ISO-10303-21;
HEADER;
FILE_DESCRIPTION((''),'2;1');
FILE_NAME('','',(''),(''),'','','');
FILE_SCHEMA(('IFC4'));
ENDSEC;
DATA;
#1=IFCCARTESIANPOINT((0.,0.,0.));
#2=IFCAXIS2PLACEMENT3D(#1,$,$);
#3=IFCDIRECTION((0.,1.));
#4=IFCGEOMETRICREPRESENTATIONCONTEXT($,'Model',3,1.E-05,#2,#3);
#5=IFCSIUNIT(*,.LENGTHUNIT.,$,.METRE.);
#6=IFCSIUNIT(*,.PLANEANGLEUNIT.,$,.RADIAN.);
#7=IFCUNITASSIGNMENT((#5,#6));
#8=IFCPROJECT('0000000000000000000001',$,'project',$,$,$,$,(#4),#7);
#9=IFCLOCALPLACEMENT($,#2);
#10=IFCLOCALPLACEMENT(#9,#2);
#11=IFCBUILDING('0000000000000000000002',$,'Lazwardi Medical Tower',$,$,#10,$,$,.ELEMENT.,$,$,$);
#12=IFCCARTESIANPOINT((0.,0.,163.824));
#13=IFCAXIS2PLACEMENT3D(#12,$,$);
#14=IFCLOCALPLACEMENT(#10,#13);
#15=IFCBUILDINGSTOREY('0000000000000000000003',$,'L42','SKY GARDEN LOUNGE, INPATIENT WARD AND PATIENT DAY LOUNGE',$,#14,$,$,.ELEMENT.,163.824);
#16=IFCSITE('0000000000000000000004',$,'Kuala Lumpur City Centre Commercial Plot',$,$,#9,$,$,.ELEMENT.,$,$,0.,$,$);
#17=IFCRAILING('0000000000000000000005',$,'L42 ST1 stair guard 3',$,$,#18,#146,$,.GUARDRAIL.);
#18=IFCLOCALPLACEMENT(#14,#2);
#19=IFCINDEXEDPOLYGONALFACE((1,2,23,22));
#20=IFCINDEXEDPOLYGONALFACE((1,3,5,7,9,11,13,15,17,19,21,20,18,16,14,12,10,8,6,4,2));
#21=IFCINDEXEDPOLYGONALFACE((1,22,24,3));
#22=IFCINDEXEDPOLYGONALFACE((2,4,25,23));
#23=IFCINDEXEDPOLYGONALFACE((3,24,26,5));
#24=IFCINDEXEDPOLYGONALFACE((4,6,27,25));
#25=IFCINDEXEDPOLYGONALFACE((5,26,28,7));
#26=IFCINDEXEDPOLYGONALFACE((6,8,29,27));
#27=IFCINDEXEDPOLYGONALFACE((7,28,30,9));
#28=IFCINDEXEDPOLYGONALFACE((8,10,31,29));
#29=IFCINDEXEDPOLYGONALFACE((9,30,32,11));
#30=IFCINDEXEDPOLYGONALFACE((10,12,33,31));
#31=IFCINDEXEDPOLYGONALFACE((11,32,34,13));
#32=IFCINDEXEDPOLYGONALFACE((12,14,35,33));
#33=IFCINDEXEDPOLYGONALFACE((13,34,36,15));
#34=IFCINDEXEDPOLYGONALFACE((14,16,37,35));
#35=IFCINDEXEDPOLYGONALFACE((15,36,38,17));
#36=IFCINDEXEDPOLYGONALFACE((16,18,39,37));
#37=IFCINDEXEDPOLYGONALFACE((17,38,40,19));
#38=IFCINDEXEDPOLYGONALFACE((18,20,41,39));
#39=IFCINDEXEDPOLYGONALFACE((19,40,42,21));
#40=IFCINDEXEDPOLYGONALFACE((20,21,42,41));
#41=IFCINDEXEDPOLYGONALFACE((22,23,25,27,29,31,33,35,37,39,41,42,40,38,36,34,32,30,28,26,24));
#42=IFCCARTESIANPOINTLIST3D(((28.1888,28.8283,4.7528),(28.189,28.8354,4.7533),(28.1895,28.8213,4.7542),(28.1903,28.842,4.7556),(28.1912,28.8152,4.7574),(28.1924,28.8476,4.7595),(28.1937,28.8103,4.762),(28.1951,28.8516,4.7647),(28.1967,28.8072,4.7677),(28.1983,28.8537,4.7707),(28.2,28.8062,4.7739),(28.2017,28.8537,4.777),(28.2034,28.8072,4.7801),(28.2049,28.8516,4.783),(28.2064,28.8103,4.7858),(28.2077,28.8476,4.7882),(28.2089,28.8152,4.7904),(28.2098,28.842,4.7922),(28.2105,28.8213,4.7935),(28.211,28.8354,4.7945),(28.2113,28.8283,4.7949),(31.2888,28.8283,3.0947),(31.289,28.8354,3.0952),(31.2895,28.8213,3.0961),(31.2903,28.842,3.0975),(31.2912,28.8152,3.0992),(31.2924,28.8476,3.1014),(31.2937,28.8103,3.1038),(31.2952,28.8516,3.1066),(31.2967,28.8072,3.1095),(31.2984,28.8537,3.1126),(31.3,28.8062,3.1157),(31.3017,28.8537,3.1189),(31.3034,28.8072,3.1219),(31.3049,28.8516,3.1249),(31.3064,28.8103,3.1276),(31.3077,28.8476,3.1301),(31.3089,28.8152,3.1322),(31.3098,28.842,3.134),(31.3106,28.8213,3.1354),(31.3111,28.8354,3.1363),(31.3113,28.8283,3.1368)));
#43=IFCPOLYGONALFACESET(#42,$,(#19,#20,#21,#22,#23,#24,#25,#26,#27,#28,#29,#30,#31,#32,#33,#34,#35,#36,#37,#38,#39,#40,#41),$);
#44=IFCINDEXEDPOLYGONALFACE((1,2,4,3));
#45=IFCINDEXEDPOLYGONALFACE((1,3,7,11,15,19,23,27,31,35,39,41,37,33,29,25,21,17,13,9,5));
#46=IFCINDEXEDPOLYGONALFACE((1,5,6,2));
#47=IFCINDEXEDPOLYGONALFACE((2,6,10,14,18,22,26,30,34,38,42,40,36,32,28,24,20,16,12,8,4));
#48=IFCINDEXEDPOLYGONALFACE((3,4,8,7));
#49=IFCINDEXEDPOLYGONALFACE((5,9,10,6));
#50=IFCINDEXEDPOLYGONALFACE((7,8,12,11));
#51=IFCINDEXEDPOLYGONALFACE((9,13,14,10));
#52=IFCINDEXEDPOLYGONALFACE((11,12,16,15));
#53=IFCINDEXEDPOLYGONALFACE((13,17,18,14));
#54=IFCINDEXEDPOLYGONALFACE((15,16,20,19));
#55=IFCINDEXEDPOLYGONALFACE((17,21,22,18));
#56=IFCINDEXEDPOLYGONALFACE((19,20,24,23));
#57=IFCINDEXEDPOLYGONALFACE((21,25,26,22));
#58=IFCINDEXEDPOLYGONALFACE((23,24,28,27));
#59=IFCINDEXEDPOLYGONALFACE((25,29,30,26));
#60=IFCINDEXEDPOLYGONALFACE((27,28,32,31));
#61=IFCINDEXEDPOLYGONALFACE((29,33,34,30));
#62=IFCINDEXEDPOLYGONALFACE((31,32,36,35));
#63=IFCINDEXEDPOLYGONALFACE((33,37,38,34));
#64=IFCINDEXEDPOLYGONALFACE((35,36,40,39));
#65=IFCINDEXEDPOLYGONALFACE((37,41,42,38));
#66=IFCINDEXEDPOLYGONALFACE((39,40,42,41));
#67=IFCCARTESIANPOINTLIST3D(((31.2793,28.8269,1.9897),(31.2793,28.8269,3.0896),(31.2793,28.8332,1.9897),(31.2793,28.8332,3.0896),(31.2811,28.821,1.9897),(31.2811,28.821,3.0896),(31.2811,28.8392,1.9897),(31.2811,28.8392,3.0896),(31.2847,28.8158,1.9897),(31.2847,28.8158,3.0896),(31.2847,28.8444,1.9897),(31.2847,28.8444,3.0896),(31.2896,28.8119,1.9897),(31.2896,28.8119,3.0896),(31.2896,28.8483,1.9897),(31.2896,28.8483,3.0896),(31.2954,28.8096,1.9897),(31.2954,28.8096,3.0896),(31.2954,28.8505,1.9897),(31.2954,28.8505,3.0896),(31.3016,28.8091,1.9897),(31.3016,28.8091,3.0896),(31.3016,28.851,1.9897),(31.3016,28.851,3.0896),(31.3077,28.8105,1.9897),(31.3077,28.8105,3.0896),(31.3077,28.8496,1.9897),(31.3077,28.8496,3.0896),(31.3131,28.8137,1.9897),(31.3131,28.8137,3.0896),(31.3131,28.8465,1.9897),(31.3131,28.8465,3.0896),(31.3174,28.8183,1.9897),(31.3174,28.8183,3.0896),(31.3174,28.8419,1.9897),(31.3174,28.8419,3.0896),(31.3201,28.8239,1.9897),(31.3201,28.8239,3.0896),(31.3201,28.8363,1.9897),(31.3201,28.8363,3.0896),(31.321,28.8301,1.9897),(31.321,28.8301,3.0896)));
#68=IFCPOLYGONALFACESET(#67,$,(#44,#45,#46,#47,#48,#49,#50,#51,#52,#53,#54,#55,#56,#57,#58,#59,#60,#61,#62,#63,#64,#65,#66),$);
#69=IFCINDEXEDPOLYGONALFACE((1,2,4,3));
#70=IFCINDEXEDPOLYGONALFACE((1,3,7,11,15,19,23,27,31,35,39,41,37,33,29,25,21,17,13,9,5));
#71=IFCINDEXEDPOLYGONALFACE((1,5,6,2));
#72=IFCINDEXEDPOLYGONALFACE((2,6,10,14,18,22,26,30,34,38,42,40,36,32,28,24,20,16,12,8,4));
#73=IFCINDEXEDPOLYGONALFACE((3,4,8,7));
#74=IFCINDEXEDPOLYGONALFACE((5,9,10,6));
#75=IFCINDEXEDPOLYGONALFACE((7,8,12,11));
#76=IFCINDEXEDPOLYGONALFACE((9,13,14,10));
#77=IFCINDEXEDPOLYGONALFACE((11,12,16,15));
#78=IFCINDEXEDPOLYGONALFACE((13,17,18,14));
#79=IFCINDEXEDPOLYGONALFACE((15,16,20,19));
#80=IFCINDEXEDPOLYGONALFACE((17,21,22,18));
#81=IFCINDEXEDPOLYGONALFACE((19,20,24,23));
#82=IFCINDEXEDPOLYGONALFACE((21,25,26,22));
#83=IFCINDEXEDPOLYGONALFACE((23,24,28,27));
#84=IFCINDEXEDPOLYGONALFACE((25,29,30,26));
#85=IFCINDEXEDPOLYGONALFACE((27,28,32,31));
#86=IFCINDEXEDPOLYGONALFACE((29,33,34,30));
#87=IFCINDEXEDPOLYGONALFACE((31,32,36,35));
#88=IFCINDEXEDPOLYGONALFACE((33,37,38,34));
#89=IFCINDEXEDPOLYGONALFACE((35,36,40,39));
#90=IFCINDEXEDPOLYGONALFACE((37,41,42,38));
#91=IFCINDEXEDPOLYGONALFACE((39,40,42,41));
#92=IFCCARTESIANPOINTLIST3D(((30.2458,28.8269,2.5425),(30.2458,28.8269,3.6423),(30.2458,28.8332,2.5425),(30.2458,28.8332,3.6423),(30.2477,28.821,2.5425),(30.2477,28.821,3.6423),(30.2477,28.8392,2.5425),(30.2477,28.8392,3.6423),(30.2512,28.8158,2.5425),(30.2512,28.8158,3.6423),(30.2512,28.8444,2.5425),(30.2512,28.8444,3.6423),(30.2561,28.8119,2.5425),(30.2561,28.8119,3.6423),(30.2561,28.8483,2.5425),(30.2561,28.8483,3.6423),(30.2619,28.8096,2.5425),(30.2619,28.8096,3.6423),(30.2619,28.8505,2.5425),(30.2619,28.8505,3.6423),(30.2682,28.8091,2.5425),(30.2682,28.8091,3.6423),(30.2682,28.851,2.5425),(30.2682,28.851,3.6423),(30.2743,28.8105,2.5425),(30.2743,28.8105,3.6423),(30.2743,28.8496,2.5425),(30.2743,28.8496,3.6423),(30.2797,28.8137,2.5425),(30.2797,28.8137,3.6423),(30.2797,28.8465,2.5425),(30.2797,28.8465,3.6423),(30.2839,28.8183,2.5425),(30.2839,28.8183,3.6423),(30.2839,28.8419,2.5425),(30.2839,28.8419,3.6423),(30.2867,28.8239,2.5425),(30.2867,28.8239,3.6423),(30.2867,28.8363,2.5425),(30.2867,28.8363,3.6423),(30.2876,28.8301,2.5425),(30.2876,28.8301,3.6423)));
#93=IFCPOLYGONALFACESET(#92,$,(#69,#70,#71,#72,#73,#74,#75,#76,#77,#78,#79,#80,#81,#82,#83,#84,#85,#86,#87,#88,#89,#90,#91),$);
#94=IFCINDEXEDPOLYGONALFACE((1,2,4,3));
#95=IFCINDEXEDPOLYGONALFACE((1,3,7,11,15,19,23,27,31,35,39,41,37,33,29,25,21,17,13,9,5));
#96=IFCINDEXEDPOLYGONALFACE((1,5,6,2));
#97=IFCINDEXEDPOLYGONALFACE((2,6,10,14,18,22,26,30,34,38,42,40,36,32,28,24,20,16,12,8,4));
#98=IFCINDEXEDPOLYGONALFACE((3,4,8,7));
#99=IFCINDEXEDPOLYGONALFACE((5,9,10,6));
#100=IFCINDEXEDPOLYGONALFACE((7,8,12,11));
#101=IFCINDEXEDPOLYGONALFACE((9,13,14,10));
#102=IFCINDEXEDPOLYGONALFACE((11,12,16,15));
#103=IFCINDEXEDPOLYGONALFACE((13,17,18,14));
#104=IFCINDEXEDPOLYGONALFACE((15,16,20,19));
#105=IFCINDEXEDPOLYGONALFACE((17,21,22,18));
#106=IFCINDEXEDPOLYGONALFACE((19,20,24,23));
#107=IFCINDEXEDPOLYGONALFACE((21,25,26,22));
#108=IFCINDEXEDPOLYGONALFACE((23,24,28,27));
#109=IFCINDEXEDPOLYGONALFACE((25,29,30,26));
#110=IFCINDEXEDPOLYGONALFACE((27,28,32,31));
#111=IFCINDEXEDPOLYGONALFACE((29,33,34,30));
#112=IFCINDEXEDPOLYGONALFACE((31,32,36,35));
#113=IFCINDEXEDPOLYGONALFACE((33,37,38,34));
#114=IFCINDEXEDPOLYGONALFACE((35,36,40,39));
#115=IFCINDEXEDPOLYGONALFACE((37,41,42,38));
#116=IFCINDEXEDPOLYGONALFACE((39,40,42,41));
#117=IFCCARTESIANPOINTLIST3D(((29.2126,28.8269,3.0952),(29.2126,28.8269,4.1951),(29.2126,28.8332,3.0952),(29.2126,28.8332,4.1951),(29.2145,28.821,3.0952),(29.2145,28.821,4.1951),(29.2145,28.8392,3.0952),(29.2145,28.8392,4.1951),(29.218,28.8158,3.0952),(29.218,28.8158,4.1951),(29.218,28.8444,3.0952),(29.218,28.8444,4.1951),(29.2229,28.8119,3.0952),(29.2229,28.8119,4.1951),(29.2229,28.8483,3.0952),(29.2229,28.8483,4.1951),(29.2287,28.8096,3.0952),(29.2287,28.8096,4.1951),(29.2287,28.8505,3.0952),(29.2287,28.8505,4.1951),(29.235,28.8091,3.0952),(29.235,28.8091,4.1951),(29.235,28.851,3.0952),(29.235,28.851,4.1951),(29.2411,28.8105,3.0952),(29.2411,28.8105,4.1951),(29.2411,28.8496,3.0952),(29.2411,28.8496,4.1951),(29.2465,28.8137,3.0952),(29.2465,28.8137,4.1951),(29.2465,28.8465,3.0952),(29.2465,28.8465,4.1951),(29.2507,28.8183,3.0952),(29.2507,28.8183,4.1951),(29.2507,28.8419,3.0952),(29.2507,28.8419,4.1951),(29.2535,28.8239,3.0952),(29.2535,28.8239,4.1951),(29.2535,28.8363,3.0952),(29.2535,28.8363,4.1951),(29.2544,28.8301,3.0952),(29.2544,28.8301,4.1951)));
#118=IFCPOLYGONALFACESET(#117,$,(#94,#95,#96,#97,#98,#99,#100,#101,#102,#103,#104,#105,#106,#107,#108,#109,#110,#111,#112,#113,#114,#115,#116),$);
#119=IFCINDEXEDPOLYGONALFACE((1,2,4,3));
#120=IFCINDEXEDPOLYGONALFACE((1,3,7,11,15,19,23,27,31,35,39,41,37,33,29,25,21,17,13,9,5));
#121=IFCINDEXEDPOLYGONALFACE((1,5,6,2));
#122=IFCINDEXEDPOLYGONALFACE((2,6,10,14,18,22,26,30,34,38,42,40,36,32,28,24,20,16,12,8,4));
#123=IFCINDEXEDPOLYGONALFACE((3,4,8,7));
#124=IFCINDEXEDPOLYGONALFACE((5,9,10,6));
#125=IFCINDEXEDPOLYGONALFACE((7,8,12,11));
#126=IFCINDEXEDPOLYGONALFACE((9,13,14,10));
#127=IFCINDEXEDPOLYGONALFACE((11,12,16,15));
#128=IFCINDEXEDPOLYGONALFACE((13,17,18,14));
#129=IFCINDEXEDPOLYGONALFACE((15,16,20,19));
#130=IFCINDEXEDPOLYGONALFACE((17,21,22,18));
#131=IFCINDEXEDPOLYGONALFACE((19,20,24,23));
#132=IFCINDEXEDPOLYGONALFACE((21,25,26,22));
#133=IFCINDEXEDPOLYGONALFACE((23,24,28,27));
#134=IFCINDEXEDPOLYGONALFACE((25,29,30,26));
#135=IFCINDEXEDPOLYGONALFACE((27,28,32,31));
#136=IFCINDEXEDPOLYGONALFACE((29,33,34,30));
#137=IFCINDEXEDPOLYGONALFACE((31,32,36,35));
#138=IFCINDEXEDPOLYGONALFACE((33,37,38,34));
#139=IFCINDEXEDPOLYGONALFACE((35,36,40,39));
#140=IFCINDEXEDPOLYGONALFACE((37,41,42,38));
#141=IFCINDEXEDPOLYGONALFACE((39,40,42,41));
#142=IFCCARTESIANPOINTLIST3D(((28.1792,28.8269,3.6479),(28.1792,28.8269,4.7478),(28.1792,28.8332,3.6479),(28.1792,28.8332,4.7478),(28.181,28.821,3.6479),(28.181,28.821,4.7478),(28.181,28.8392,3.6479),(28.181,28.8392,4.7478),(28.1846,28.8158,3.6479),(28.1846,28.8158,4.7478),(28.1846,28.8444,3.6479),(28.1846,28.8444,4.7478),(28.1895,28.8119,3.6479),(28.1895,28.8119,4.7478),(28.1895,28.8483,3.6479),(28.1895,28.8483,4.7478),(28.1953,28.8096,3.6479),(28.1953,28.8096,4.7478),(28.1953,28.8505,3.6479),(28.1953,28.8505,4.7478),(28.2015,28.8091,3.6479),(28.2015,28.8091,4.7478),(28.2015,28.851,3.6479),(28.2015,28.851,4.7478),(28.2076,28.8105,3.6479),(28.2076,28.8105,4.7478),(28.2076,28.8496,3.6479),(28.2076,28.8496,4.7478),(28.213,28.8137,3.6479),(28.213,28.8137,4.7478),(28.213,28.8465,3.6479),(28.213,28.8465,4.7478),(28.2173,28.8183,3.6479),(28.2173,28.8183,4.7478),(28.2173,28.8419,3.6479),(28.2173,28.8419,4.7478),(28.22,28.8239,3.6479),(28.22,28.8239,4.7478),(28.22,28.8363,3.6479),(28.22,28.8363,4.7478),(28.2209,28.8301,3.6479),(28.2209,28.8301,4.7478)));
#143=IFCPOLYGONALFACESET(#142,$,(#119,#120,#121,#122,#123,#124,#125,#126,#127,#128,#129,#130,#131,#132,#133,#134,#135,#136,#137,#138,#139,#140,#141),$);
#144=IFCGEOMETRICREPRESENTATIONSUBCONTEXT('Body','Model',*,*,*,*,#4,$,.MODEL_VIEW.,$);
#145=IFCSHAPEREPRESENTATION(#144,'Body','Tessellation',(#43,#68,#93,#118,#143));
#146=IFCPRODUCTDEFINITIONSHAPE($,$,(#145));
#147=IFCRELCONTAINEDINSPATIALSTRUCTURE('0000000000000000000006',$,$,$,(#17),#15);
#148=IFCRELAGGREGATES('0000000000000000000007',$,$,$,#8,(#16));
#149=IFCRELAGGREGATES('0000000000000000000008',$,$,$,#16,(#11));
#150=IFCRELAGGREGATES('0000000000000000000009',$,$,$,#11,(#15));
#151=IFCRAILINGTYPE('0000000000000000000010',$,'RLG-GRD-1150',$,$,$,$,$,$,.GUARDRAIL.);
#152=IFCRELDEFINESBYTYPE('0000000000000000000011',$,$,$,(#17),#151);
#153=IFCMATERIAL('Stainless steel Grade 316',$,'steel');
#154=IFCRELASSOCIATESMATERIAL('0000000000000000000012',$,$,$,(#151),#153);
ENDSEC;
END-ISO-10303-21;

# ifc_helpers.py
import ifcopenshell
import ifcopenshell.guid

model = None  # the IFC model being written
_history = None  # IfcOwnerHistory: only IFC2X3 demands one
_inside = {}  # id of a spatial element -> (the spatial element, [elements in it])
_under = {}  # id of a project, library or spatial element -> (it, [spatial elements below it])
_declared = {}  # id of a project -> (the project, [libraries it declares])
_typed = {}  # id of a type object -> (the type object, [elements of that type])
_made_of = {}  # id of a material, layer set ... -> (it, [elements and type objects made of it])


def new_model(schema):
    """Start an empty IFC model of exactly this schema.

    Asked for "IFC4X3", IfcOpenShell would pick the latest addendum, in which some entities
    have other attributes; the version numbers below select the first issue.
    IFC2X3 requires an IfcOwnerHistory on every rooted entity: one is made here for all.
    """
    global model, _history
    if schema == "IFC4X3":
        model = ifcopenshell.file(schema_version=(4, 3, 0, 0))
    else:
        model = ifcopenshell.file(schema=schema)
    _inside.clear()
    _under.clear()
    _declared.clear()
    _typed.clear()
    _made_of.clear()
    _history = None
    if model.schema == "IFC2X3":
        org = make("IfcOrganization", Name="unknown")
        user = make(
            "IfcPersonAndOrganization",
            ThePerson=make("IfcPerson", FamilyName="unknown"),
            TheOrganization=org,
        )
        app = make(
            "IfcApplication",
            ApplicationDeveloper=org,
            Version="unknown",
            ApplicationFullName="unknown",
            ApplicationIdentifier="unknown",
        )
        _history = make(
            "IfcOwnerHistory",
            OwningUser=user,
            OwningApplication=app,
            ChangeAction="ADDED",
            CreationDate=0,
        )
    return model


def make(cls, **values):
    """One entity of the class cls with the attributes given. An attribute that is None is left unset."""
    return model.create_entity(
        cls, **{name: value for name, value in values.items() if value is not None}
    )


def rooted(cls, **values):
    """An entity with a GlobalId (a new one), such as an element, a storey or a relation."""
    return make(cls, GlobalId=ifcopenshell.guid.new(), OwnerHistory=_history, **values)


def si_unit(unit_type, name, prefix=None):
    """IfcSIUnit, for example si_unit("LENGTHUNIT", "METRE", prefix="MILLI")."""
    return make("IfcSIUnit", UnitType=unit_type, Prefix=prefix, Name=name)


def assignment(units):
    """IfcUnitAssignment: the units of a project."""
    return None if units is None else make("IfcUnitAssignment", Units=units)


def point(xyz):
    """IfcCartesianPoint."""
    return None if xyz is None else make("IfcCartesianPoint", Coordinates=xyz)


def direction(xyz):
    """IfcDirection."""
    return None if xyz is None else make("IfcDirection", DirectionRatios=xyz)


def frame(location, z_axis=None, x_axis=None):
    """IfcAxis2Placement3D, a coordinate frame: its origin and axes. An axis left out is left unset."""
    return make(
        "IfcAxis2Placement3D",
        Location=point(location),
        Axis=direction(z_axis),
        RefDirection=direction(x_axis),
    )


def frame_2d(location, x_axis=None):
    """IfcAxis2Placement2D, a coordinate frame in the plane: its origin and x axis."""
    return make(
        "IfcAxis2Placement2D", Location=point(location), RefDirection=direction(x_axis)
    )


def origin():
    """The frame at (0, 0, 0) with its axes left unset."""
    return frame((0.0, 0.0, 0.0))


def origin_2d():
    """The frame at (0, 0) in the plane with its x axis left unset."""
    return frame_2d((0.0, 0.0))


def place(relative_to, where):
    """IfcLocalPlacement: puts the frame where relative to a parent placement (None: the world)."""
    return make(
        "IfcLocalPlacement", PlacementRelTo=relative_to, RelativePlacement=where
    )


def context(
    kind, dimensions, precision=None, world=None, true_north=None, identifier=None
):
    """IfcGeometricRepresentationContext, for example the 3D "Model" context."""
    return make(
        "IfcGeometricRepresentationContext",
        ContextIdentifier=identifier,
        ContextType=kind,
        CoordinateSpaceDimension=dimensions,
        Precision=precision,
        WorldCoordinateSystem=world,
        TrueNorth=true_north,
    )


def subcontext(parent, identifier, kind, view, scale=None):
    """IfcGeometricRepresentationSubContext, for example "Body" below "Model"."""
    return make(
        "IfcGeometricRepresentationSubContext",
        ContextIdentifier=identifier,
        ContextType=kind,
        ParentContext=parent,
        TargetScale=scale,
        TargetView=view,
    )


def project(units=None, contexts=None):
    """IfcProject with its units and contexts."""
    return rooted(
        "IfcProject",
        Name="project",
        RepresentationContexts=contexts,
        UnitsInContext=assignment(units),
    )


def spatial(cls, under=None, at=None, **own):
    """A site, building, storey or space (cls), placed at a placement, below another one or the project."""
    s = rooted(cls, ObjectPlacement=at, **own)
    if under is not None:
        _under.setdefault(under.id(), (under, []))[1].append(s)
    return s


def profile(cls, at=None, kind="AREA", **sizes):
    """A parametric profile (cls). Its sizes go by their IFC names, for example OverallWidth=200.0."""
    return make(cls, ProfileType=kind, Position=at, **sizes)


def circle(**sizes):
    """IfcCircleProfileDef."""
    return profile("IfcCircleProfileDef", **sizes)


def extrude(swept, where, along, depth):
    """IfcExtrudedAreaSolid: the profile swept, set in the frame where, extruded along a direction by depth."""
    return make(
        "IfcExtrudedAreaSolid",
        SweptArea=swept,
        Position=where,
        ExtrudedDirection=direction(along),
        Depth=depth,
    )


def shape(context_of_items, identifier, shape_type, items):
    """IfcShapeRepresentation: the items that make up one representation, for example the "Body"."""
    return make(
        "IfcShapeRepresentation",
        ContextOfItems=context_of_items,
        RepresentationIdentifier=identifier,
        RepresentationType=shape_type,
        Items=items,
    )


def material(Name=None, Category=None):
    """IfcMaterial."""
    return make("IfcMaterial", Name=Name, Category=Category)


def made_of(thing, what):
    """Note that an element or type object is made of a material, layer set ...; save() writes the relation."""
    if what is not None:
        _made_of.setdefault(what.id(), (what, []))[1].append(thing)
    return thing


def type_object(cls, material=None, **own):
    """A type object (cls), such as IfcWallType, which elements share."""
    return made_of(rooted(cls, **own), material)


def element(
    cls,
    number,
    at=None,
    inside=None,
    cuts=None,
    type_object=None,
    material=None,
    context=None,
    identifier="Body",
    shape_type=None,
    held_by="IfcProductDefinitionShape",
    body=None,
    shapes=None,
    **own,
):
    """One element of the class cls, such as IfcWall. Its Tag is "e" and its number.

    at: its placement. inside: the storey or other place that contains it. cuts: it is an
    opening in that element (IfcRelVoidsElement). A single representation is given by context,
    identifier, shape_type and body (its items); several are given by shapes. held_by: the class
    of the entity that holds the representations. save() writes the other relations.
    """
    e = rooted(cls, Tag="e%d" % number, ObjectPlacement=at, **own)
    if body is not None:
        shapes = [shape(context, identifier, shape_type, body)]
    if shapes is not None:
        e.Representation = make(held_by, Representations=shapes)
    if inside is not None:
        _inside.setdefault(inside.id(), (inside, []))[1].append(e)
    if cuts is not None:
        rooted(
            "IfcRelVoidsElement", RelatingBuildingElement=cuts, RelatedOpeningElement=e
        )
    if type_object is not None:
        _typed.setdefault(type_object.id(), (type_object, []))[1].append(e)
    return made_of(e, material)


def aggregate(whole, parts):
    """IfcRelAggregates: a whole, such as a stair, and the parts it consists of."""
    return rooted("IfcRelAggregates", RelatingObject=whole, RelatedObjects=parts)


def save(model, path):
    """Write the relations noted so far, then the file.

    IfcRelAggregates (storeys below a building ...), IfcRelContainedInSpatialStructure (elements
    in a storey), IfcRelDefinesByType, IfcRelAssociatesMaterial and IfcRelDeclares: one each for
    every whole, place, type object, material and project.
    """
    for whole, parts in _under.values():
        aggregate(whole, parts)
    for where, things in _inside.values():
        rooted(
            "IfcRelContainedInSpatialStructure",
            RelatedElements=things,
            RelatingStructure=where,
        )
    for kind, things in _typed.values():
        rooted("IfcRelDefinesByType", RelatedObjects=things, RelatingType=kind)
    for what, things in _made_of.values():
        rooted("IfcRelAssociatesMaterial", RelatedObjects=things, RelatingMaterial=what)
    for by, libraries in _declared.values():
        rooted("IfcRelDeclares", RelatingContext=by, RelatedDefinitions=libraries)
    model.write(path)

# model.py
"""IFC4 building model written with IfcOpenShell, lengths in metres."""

from ifc_helpers import new_model, si_unit, direction, frame, origin, origin_2d, place, context, subcontext, project, spatial, circle, extrude, material, type_object, element, save


model = new_model("IFC4")

# Units and contexts
model_context = context("Model", 3, precision=1e-05, world=origin(), true_north=direction((0.0, 1.0)))
body_context = subcontext(model_context, "Body", "Model", "MODEL_VIEW")
ifc_project = project(units=[si_unit("LENGTHUNIT", "METRE"), si_unit("PLANEANGLEUNIT", "RADIAN")], contexts=[model_context])

# Site, building, storey
site_placement = place(None, origin())
site = spatial("IfcSite", under=ifc_project, at=site_placement, Name="Kuala Lumpur City Centre Commercial Plot", CompositionType="ELEMENT", RefElevation=0.0)
building_placement = place(site_placement, origin())
building = spatial("IfcBuilding", under=site, at=building_placement, Name="Lazwardi Medical Tower", CompositionType="ELEMENT")
storey_placement = place(building_placement, frame((0.0, 0.0, 163.824)))
storey = spatial("IfcBuildingStorey", under=building, at=storey_placement, Name="L42", Description="SKY GARDEN LOUNGE, INPATIENT WARD AND PATIENT DAY LOUNGE", CompositionType="ELEMENT", Elevation=163.824)

# Railing
ifc_material_1 = material(Name="Stainless steel Grade 316", Category="steel")
railing_type_1 = type_object("IfcRailingType", Name="RLG-GRD-1150", PredefinedType="GUARDRAIL", material=ifc_material_1)
railing_1_placement = place(storey_placement, frame((31.3, 28.8301, 1.9897)))
element("IfcRailing", 1, at=railing_1_placement, inside=storey, type_object=railing_type_1, Name="L42 ST1 stair guard 3", PredefinedType="GUARDRAIL", context=body_context, shape_type="SweptSolid", body=[
    extrude(circle(Radius=0.0239, at=origin_2d()), frame((0.0, 0.0, 1.126), z_axis=(-0.881783, 0.0, 0.471655), x_axis=(0.0, -1.0, 0.0)), (0.0, 0.0, 1.0), 3.5156),
    extrude(circle(Radius=0.021, at=origin_2d()), origin(), (0.0, 0.0, 1.0), 1.0999),
    extrude(circle(Radius=0.021, at=origin_2d()), frame((-1.0334, 0.0, 0.5527)), (0.0, 0.0, 1.0), 1.0999),
    extrude(circle(Radius=0.021, at=origin_2d()), frame((-2.0667, 0.0, 1.1055)), (0.0, 0.0, 1.0), 1.0999),
    extrude(circle(Radius=0.021, at=origin_2d()), frame((-3.1001, 0.0, 1.6582)), (0.0, 0.0, 1.0), 1.0999),
])

save(model, "model.ifc")
